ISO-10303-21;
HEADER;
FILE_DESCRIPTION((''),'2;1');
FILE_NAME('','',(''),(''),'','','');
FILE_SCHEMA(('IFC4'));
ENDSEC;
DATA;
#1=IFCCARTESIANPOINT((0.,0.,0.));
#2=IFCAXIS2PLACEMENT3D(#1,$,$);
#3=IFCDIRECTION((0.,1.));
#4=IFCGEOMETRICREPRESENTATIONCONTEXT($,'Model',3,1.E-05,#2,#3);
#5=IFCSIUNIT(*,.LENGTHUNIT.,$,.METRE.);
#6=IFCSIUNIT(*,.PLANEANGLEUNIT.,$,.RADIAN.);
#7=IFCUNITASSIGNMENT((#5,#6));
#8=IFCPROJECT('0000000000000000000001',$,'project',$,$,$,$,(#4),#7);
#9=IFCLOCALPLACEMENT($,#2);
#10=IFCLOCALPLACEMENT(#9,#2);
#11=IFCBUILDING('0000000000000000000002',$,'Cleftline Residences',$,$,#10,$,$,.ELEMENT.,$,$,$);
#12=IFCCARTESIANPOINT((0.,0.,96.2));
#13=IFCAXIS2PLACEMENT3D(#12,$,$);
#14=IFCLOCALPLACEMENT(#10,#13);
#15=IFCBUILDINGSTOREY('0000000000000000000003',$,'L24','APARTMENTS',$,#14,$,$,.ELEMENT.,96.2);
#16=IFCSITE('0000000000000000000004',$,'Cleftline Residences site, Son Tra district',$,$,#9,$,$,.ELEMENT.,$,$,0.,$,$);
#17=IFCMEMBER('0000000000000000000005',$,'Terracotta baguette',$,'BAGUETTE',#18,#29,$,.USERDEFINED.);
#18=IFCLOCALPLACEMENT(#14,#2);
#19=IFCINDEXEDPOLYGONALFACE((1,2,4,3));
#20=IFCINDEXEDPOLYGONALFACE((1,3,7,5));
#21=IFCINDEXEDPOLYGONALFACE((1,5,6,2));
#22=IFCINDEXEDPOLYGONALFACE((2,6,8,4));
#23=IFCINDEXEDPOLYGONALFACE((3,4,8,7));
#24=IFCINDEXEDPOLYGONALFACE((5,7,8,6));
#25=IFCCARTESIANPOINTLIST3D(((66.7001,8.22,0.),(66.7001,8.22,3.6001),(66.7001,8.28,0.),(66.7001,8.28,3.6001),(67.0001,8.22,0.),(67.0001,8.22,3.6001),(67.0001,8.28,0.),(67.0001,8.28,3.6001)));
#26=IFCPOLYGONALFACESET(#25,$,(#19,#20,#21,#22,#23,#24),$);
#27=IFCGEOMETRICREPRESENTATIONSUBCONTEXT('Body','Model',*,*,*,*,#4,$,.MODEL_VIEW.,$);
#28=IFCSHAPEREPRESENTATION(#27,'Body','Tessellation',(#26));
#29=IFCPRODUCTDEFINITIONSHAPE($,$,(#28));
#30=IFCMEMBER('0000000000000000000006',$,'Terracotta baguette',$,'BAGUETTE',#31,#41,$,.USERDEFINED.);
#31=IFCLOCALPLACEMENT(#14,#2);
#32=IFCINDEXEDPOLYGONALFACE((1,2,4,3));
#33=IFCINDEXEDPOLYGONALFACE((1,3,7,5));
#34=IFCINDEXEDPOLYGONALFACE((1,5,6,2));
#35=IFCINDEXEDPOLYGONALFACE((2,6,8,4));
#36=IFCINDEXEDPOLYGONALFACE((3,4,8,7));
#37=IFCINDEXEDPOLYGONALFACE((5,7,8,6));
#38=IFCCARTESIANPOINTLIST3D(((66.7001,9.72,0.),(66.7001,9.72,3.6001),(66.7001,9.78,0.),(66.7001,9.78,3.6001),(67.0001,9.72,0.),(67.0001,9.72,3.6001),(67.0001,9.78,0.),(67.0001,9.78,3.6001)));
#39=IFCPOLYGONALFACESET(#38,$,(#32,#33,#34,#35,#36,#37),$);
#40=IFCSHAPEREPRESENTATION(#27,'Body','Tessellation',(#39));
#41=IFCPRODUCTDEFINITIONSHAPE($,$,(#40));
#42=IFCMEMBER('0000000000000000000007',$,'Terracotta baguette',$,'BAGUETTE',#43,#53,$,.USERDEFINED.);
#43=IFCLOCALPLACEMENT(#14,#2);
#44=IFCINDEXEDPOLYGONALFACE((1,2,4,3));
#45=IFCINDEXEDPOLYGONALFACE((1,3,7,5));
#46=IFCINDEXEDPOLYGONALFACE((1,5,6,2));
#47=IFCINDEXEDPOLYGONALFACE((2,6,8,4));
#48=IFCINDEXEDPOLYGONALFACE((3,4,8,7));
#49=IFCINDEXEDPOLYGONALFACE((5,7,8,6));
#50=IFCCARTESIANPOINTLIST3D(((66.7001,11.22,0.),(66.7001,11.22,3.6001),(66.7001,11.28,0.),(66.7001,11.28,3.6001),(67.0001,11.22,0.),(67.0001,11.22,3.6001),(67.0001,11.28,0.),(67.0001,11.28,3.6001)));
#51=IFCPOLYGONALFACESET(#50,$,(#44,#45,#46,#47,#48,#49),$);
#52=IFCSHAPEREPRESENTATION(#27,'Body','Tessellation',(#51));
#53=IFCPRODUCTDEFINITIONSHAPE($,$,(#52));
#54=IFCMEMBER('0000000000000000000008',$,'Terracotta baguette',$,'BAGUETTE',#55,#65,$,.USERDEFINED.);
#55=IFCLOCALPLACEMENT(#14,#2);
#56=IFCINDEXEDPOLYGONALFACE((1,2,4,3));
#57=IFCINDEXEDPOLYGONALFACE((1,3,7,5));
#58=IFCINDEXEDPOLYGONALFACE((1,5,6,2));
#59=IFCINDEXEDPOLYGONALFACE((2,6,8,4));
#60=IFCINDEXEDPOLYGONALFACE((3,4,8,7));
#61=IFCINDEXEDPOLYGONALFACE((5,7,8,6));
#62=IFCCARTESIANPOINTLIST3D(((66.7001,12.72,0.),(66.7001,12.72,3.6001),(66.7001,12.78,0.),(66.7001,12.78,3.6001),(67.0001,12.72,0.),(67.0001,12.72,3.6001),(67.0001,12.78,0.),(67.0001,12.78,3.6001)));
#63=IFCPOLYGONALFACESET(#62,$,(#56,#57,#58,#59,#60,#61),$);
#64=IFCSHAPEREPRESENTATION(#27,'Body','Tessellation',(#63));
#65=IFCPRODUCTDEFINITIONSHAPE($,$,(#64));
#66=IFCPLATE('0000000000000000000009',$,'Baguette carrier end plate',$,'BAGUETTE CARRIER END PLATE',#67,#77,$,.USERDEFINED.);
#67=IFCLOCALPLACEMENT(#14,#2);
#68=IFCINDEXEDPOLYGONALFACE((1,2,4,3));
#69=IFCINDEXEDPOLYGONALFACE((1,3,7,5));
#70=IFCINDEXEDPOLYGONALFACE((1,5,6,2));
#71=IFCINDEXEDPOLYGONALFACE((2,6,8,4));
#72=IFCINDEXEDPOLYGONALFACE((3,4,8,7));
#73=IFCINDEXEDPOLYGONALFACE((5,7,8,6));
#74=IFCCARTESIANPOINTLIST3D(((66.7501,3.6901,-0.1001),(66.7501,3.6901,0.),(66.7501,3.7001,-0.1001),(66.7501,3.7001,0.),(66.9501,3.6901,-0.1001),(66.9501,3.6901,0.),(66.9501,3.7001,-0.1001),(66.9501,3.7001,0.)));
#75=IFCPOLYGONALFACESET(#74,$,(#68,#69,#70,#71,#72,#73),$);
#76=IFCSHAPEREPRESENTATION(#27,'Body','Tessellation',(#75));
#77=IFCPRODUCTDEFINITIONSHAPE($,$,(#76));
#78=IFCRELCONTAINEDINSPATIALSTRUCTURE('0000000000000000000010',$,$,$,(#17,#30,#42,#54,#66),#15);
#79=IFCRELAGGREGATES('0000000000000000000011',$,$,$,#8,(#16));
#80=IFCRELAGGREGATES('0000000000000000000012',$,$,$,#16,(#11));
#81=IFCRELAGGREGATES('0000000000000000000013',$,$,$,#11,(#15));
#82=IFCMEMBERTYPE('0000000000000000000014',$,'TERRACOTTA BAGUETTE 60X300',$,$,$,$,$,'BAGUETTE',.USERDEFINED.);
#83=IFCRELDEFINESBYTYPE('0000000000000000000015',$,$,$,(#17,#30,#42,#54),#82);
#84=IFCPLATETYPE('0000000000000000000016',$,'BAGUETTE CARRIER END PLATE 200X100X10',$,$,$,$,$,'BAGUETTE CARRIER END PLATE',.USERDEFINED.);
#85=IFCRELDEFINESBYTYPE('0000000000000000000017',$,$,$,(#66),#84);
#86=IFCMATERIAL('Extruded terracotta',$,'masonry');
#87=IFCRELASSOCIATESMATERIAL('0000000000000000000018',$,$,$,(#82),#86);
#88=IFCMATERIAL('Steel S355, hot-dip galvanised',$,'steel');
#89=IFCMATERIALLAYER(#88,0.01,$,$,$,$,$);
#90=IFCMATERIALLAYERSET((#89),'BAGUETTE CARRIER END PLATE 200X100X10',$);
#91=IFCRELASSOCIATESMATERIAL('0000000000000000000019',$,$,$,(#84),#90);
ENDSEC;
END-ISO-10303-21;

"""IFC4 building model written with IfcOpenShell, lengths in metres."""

from ifc_helpers import new_model, si_unit, direction, frame, origin, origin_2d, place, context, subcontext, project, spatial, rectangle, extrude, material, layer, layer_set, material_profile, profile_set, type_object, element, save


model = new_model("IFC4")

# Units and contexts
model_context = context("Model", 3, precision=1e-05, world=origin(), true_north=direction((0.0, 1.0)))
body_context = subcontext(model_context, "Body", "Model", "MODEL_VIEW")
ifc_project = project(units=[si_unit("LENGTHUNIT", "METRE"), si_unit("PLANEANGLEUNIT", "RADIAN")], contexts=[model_context])

# Site, building, storey
site_placement = place(None, origin())
site = spatial("IfcSite", under=ifc_project, at=site_placement, Name="Cleftline Residences site, Son Tra district", CompositionType="ELEMENT", RefElevation=0.0)
building_placement = place(site_placement, origin())
building = spatial("IfcBuilding", under=site, at=building_placement, Name="Cleftline Residences", CompositionType="ELEMENT")
storey_placement = place(building_placement, frame((0.0, 0.0, 96.2)))
storey = spatial("IfcBuildingStorey", under=building, at=storey_placement, Name="L24", Description="APARTMENTS", CompositionType="ELEMENT", Elevation=96.2)

# Members
ifc_material_1 = material(Name="Extruded terracotta", Category="masonry")
ifc_material_profile_1 = material_profile(ifc_material_1, rectangle(XDim=0.0601, YDim=0.3, at=origin_2d()))
ifc_profile_set_1 = profile_set([ifc_material_profile_1], Name="Extruded terracotta")
member_type_1 = type_object("IfcMemberType", Name="TERRACOTTA BAGUETTE 60X300", ElementType="BAGUETTE", PredefinedType="USERDEFINED", material=ifc_profile_set_1)
for number, where, z_axis, x_axis, name in (
    (1, (66.8501, 8.25, 0.0), (0.0, 0.0, 1.0), (0.0, 1.0, 0.0), "Terracotta baguette"),
    (2, (66.8501, 9.75, 0.0), (0.0, 0.0, 1.0), (0.0, 1.0, 0.0), "Terracotta baguette"),
    (3, (66.8501, 11.25, 0.0), (0.0, 0.0, 1.0), (0.0, 1.0, 0.0), "Terracotta baguette"),
    (4, (66.8501, 12.75, 0.0), (0.0, 0.0, 1.0), (0.0, 1.0, 0.0), "Terracotta baguette"),
):
    element("IfcMember", number, at=place(storey_placement, frame(where, z_axis=z_axis, x_axis=x_axis)), inside=storey, type_object=member_type_1, Name=name, ObjectType="BAGUETTE", PredefinedType="USERDEFINED", context=body_context, shape_type="SweptSolid", body=[
        extrude(rectangle(XDim=0.0601, YDim=0.3, at=origin_2d()), origin(), (0.0, 0.0, 1.0), 3.6001),
    ])

# Plate
ifc_material_2 = material(Name="Steel S355, hot-dip galvanised", Category="steel")
ifc_layer_1 = layer(ifc_material_2, 0.01)
ifc_layer_set_1 = layer_set([ifc_layer_1], Name="BAGUETTE CARRIER END PLATE 200X100X10")
plate_type = type_object("IfcPlateType", Name="BAGUETTE CARRIER END PLATE 200X100X10", ElementType="BAGUETTE CARRIER END PLATE", PredefinedType="USERDEFINED", material=ifc_layer_set_1)
plate_placement = place(storey_placement, frame((66.8501, 3.6951, -0.1001), z_axis=(0.0, 0.0, 1.0), x_axis=(1.0, 0.0, 0.0)))
element("IfcPlate", 5, at=plate_placement, inside=storey, type_object=plate_type, Name="Baguette carrier end plate", ObjectType="BAGUETTE CARRIER END PLATE", PredefinedType="USERDEFINED", context=body_context, shape_type="SweptSolid", body=[
    extrude(rectangle(XDim=0.2, YDim=0.01, at=origin_2d()), origin(), (0.0, 0.0, 1.0), 0.1001),
])

save(model, "model.ifc")
